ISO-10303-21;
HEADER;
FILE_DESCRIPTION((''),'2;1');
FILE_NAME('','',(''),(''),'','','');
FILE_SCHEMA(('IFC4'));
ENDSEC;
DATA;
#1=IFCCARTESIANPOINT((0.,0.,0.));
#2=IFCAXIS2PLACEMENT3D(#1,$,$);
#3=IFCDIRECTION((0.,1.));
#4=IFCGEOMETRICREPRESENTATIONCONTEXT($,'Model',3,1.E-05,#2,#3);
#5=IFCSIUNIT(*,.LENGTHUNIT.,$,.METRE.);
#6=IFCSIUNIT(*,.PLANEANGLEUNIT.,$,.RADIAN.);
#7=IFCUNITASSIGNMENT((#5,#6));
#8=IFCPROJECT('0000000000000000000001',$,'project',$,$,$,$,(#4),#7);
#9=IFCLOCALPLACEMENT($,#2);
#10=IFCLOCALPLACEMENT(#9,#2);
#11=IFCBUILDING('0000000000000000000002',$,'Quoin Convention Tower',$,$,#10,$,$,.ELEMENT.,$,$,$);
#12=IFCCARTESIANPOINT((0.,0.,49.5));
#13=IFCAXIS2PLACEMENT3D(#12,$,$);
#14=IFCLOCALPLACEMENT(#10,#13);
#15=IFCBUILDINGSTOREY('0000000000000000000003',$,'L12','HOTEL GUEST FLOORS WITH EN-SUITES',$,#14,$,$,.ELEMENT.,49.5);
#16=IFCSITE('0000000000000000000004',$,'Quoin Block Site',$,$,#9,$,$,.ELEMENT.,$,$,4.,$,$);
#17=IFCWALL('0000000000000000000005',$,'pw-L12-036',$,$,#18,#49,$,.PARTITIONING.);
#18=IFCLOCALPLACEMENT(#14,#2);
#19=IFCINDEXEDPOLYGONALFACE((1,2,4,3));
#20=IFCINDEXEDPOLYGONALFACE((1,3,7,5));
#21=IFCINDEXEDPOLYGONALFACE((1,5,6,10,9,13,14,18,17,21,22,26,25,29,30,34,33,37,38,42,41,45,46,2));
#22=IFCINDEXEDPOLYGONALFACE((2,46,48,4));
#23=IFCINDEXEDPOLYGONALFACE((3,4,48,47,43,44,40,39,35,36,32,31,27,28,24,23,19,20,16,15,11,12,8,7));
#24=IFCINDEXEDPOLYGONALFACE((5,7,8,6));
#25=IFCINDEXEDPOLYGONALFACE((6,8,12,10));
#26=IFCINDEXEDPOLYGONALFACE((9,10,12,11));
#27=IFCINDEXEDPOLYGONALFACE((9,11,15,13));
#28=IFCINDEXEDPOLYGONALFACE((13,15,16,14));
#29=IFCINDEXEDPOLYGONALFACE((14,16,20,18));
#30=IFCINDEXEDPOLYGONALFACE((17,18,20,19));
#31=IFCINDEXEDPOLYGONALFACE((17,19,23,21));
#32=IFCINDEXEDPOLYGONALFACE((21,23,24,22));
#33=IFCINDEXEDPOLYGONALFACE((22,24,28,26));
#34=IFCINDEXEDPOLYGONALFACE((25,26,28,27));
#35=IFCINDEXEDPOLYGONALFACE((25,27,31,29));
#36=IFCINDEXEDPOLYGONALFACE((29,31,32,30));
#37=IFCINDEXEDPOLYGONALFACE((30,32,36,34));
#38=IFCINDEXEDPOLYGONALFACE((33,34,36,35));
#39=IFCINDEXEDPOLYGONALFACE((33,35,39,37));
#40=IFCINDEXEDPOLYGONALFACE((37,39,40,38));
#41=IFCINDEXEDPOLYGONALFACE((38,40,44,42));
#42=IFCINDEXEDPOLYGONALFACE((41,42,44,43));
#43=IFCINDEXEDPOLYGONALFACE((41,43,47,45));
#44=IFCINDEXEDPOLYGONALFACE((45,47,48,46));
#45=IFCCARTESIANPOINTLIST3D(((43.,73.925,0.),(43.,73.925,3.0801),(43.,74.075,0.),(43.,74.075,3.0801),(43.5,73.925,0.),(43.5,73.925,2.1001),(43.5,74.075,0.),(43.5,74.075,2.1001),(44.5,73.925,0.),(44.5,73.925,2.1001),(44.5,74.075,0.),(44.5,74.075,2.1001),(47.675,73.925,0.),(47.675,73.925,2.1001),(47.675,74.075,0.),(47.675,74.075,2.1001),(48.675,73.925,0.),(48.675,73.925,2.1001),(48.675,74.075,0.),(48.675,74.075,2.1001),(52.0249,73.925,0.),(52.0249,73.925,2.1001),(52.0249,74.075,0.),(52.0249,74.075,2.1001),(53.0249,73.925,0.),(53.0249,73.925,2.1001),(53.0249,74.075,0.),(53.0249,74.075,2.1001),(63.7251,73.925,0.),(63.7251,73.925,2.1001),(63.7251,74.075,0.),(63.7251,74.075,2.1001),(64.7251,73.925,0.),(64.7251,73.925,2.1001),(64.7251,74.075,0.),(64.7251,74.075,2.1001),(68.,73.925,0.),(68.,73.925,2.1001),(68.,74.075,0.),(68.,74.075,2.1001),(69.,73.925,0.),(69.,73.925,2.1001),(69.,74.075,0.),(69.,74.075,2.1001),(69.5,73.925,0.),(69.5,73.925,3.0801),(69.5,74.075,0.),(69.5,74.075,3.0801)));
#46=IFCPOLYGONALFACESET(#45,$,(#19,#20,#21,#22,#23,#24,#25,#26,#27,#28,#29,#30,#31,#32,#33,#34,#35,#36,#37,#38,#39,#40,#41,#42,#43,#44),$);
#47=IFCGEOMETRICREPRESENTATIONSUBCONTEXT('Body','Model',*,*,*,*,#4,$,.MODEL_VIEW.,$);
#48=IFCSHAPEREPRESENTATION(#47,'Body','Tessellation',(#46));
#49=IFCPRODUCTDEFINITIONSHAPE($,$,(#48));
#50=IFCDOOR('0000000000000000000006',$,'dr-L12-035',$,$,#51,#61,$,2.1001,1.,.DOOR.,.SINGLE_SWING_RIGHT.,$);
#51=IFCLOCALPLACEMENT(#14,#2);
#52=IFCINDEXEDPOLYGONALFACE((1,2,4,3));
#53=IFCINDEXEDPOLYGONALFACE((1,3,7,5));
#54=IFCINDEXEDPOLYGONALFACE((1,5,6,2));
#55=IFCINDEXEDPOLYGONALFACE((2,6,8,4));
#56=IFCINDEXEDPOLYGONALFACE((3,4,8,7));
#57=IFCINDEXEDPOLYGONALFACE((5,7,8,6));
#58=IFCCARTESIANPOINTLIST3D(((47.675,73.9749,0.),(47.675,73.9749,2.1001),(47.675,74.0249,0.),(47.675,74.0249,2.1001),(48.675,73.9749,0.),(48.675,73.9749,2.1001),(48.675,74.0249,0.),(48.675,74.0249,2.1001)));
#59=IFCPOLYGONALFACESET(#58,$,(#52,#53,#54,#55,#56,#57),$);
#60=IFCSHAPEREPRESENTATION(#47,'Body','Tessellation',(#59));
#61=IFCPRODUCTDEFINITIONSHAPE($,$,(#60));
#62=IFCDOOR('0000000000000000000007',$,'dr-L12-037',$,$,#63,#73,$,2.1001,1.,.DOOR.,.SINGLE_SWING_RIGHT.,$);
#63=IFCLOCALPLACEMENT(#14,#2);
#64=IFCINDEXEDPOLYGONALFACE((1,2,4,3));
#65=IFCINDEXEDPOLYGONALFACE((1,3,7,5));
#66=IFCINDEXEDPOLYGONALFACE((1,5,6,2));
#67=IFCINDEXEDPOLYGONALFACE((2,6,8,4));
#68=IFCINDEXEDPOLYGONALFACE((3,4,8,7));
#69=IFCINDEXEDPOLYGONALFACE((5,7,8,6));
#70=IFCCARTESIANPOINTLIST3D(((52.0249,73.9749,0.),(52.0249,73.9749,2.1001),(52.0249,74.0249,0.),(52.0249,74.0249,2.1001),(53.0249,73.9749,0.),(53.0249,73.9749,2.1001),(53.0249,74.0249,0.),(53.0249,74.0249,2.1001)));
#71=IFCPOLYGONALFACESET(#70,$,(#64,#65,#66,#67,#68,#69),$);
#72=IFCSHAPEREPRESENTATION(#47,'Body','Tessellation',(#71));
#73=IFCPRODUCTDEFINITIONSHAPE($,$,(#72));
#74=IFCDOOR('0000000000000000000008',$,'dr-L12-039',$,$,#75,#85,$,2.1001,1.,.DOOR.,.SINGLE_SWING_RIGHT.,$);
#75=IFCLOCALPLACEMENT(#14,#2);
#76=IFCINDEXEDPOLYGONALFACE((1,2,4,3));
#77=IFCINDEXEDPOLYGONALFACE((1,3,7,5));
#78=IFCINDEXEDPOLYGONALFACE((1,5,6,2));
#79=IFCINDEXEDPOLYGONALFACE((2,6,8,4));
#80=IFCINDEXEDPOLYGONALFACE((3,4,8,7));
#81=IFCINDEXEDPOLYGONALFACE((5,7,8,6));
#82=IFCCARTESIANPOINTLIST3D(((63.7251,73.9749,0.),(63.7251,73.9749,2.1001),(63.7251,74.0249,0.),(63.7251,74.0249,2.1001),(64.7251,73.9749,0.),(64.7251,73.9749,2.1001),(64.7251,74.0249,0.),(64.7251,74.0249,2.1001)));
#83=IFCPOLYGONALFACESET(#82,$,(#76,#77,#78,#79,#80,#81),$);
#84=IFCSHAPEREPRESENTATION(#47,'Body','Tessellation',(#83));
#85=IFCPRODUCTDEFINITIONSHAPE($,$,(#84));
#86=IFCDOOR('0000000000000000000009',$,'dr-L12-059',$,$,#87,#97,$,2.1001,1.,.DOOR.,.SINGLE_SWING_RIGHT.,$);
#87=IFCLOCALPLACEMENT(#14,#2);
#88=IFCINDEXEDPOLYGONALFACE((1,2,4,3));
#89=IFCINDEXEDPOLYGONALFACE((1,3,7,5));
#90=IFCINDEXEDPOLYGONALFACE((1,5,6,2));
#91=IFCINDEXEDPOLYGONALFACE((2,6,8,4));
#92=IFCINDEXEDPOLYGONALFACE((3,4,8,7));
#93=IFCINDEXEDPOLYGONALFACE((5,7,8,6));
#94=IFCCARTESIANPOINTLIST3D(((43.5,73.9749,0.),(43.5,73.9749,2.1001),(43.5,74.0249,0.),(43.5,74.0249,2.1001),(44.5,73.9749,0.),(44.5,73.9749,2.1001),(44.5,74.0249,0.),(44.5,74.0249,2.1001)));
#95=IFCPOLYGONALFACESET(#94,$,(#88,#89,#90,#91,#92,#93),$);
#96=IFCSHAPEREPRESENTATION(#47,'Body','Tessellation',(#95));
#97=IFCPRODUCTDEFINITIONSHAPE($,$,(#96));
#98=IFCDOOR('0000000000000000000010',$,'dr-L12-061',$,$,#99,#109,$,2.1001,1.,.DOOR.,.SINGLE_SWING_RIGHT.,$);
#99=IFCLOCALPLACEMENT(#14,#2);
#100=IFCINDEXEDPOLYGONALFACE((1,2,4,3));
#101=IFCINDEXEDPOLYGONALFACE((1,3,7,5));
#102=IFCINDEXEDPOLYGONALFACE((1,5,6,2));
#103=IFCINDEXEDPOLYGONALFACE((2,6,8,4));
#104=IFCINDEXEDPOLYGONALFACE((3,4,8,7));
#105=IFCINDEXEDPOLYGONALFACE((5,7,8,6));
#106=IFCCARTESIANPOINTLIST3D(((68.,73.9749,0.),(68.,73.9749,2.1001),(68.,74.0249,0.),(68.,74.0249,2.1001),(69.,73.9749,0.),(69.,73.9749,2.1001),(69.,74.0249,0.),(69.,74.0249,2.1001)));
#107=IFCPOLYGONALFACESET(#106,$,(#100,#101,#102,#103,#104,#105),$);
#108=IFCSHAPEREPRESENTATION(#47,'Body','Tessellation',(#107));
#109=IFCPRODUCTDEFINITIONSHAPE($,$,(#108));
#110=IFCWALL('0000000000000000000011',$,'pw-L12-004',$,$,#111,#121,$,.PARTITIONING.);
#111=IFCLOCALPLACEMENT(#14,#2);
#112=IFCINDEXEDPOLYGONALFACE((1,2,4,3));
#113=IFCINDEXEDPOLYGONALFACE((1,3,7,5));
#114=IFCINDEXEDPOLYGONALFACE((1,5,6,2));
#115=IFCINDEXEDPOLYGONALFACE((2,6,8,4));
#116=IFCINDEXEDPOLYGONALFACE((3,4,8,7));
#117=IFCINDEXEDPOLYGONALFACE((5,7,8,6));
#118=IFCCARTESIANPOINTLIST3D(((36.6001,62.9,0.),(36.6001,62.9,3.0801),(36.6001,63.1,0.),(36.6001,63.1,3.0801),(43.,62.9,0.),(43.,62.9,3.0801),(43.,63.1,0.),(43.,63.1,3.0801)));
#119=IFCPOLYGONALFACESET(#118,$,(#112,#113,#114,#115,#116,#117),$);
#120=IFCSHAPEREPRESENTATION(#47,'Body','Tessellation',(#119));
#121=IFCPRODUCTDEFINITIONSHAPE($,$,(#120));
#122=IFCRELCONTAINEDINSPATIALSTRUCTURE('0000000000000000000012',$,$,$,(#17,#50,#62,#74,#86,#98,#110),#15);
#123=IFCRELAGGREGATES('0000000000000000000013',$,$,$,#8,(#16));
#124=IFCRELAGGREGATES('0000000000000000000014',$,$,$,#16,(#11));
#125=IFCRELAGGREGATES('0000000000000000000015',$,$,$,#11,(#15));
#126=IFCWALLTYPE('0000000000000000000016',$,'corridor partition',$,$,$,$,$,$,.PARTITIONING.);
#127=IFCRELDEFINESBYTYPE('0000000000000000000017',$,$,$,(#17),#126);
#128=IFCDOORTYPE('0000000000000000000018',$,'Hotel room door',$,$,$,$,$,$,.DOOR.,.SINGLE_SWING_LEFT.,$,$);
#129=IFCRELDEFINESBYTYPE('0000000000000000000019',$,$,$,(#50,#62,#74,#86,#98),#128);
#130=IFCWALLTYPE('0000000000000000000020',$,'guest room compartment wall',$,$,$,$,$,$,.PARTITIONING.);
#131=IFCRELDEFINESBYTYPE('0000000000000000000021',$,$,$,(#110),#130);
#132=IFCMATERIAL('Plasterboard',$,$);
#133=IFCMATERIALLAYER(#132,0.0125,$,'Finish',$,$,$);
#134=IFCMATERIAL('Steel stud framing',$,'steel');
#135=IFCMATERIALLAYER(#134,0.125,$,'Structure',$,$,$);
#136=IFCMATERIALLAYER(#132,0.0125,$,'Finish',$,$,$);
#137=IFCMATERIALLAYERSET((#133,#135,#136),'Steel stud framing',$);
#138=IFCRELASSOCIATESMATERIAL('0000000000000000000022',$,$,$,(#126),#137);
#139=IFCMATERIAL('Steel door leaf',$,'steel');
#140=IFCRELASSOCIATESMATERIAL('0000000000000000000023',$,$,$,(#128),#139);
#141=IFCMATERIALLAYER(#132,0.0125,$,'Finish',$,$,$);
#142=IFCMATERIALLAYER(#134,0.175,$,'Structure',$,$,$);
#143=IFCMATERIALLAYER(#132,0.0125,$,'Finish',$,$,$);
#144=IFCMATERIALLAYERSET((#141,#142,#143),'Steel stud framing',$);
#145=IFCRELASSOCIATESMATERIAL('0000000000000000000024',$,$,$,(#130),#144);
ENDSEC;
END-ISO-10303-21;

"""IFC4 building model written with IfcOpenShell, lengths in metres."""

from ifc_helpers import new_model, si_unit, direction, frame, frame_2d, origin, place, context, subcontext, project, spatial, rectangle, extrude, material, layer, layer_set, type_object, element, fill, save


model = new_model("IFC4")

# Units and contexts
model_context = context("Model", 3, precision=1e-05, world=origin(), true_north=direction((0.0, 1.0)))
body_context = subcontext(model_context, "Body", "Model", "MODEL_VIEW")
ifc_project = project(units=[si_unit("LENGTHUNIT", "METRE"), si_unit("PLANEANGLEUNIT", "RADIAN")], contexts=[model_context])

# Site, building, storey
site_placement = place(None, origin())
site = spatial("IfcSite", under=ifc_project, at=site_placement, Name="Quoin Block Site", CompositionType="ELEMENT", RefElevation=4.0)
building_placement = place(site_placement, origin())
building = spatial("IfcBuilding", under=site, at=building_placement, Name="Quoin Convention Tower", CompositionType="ELEMENT")
storey_placement = place(building_placement, frame((0.0, 0.0, 49.5)))
storey = spatial("IfcBuildingStorey", under=building, at=storey_placement, Name="L12", Description="HOTEL GUEST FLOORS WITH EN-SUITES", CompositionType="ELEMENT", Elevation=49.5)

# Shared definitions
ifc_material_1 = material(Name="Plasterboard")
ifc_material_2 = material(Name="Steel stud framing", Category="steel")
ifc_material_3 = material(Name="Steel door leaf", Category="steel")

# Wall, openings, doors
ifc_layer_1 = layer(ifc_material_1, 0.0125, Name="Finish")
ifc_layer_2 = layer(ifc_material_2, 0.125, Name="Structure")
ifc_layer_3 = layer(ifc_material_1, 0.0125, Name="Finish")
ifc_layer_set_1 = layer_set([ifc_layer_1, ifc_layer_2, ifc_layer_3], Name="Steel stud framing")
wall_type_1 = type_object("IfcWallType", Name="corridor partition", PredefinedType="PARTITIONING", material=ifc_layer_set_1)
wall_1_placement = place(storey_placement, frame((43.0, 74.0, 0.0), z_axis=(0.0, 0.0, 1.0), x_axis=(1.0, 0.0, 0.0)))
wall_1 = element("IfcWall", 1, at=wall_1_placement, inside=storey, type_object=wall_type_1, Name="pw-L12-036", PredefinedType="PARTITIONING", context=body_context, shape_type="SweptSolid", body=[
    extrude(rectangle(XDim=26.5, YDim=0.1499, at=frame_2d((13.25, 0.0))), origin(), (0.0, 0.0, 1.0), 3.0801),
])
opening_1_placement = place(wall_1_placement, frame((4.675, 0.0, 0.0)))
opening_1 = element("IfcOpeningElement", 2, at=opening_1_placement, cuts=wall_1, PredefinedType="OPENING", context=body_context, shape_type="SweptSolid", body=[
    extrude(rectangle(XDim=1.0, YDim=2.1001, at=frame_2d((0.5, 1.05))), frame((0.0, 0.085, 0.0), z_axis=(0.0, -1.0, 0.0), x_axis=(1.0, 0.0, 0.0)), (0.0, 0.0, 1.0), 0.1699),
])
opening_2_placement = place(wall_1_placement, frame((9.0249, 0.0, 0.0)))
opening_2 = element("IfcOpeningElement", 3, at=opening_2_placement, cuts=wall_1, PredefinedType="OPENING", context=body_context, shape_type="SweptSolid", body=[
    extrude(rectangle(XDim=1.0, YDim=2.1001, at=frame_2d((0.5, 1.05))), frame((0.0, 0.085, 0.0), z_axis=(0.0, -1.0, 0.0), x_axis=(1.0, 0.0, 0.0)), (0.0, 0.0, 1.0), 0.1699),
])
opening_3_placement = place(wall_1_placement, frame((20.7251, 0.0, 0.0)))
opening_3 = element("IfcOpeningElement", 4, at=opening_3_placement, cuts=wall_1, PredefinedType="OPENING", context=body_context, shape_type="SweptSolid", body=[
    extrude(rectangle(XDim=1.0, YDim=2.1001, at=frame_2d((0.5, 1.05))), frame((0.0, 0.085, 0.0), z_axis=(0.0, -1.0, 0.0), x_axis=(1.0, 0.0, 0.0)), (0.0, 0.0, 1.0), 0.1699),
])
opening_4_placement = place(wall_1_placement, frame((0.5, 0.0, 0.0)))
opening_4 = element("IfcOpeningElement", 5, at=opening_4_placement, cuts=wall_1, PredefinedType="OPENING", context=body_context, shape_type="SweptSolid", body=[
    extrude(rectangle(XDim=1.0, YDim=2.1001, at=frame_2d((0.5, 1.05))), frame((0.0, 0.085, 0.0), z_axis=(0.0, -1.0, 0.0), x_axis=(1.0, 0.0, 0.0)), (0.0, 0.0, 1.0), 0.1699),
])
opening_5_placement = place(wall_1_placement, frame((25.0, 0.0, 0.0)))
opening_5 = element("IfcOpeningElement", 6, at=opening_5_placement, cuts=wall_1, PredefinedType="OPENING", context=body_context, shape_type="SweptSolid", body=[
    extrude(rectangle(XDim=1.0, YDim=2.1001, at=frame_2d((0.5, 1.05))), frame((0.0, 0.085, 0.0), z_axis=(0.0, -1.0, 0.0), x_axis=(1.0, 0.0, 0.0)), (0.0, 0.0, 1.0), 0.1699),
])
door_type_1 = type_object("IfcDoorType", Name="Hotel room door", OperationType="SINGLE_SWING_LEFT", PredefinedType="DOOR", material=ifc_material_3)
door_1_placement = place(opening_1_placement, origin())
door_1 = element("IfcDoor", 7, at=door_1_placement, inside=storey, type_object=door_type_1, Name="dr-L12-035", OperationType="SINGLE_SWING_RIGHT", OverallHeight=2.1001, OverallWidth=1.0, PredefinedType="DOOR", context=body_context, shape_type="SweptSolid", body=[
    extrude(rectangle(XDim=1.0, YDim=2.1001, at=frame_2d((0.5, 1.05))), frame((0.0, 0.0249, 0.0), z_axis=(0.0, -1.0, 0.0), x_axis=(1.0, 0.0, 0.0)), (0.0, 0.0, 1.0), 0.05),
])
fill(opening_1, door_1)
door_2_placement = place(opening_2_placement, origin())
door_2 = element("IfcDoor", 8, at=door_2_placement, inside=storey, type_object=door_type_1, Name="dr-L12-037", OperationType="SINGLE_SWING_RIGHT", OverallHeight=2.1001, OverallWidth=1.0, PredefinedType="DOOR", context=body_context, shape_type="SweptSolid", body=[
    extrude(rectangle(XDim=1.0, YDim=2.1001, at=frame_2d((0.5, 1.05))), frame((0.0, 0.0249, 0.0), z_axis=(0.0, -1.0, 0.0), x_axis=(1.0, 0.0, 0.0)), (0.0, 0.0, 1.0), 0.05),
])
fill(opening_2, door_2)
door_3_placement = place(opening_3_placement, origin())
door_3 = element("IfcDoor", 9, at=door_3_placement, inside=storey, type_object=door_type_1, Name="dr-L12-039", OperationType="SINGLE_SWING_RIGHT", OverallHeight=2.1001, OverallWidth=1.0, PredefinedType="DOOR", context=body_context, shape_type="SweptSolid", body=[
    extrude(rectangle(XDim=1.0, YDim=2.1001, at=frame_2d((0.5, 1.05))), frame((0.0, 0.0249, 0.0), z_axis=(0.0, -1.0, 0.0), x_axis=(1.0, 0.0, 0.0)), (0.0, 0.0, 1.0), 0.05),
])
fill(opening_3, door_3)
door_4_placement = place(opening_4_placement, origin())
door_4 = element("IfcDoor", 10, at=door_4_placement, inside=storey, type_object=door_type_1, Name="dr-L12-059", OperationType="SINGLE_SWING_RIGHT", OverallHeight=2.1001, OverallWidth=1.0, PredefinedType="DOOR", context=body_context, shape_type="SweptSolid", body=[
    extrude(rectangle(XDim=1.0, YDim=2.1001, at=frame_2d((0.5, 1.05))), frame((0.0, 0.0249, 0.0), z_axis=(0.0, -1.0, 0.0), x_axis=(1.0, 0.0, 0.0)), (0.0, 0.0, 1.0), 0.05),
])
fill(opening_4, door_4)
door_5_placement = place(opening_5_placement, origin())
door_5 = element("IfcDoor", 11, at=door_5_placement, inside=storey, type_object=door_type_1, Name="dr-L12-061", OperationType="SINGLE_SWING_RIGHT", OverallHeight=2.1001, OverallWidth=1.0, PredefinedType="DOOR", context=body_context, shape_type="SweptSolid", body=[
    extrude(rectangle(XDim=1.0, YDim=2.1001, at=frame_2d((0.5, 1.05))), frame((0.0, 0.0249, 0.0), z_axis=(0.0, -1.0, 0.0), x_axis=(1.0, 0.0, 0.0)), (0.0, 0.0, 1.0), 0.05),
])
fill(opening_5, door_5)

# Wall
ifc_layer_4 = layer(ifc_material_1, 0.0125, Name="Finish")
ifc_layer_5 = layer(ifc_material_2, 0.175, Name="Structure")
ifc_layer_6 = layer(ifc_material_1, 0.0125, Name="Finish")
ifc_layer_set_2 = layer_set([ifc_layer_4, ifc_layer_5, ifc_layer_6], Name="Steel stud framing")
wall_type_2 = type_object("IfcWallType", Name="guest room compartment wall", PredefinedType="PARTITIONING", material=ifc_layer_set_2)
wall_2_placement = place(storey_placement, frame((36.6001, 63.0, 0.0), z_axis=(0.0, 0.0, 1.0), x_axis=(1.0, 0.0, 0.0)))
element("IfcWall", 12, at=wall_2_placement, inside=storey, type_object=wall_type_2, Name="pw-L12-004", PredefinedType="PARTITIONING", context=body_context, shape_type="SweptSolid", body=[
    extrude(rectangle(XDim=6.3999, YDim=0.2, at=frame_2d((3.2, 0.0))), origin(), (0.0, 0.0, 1.0), 3.0801),
])

save(model, "model.ifc")
